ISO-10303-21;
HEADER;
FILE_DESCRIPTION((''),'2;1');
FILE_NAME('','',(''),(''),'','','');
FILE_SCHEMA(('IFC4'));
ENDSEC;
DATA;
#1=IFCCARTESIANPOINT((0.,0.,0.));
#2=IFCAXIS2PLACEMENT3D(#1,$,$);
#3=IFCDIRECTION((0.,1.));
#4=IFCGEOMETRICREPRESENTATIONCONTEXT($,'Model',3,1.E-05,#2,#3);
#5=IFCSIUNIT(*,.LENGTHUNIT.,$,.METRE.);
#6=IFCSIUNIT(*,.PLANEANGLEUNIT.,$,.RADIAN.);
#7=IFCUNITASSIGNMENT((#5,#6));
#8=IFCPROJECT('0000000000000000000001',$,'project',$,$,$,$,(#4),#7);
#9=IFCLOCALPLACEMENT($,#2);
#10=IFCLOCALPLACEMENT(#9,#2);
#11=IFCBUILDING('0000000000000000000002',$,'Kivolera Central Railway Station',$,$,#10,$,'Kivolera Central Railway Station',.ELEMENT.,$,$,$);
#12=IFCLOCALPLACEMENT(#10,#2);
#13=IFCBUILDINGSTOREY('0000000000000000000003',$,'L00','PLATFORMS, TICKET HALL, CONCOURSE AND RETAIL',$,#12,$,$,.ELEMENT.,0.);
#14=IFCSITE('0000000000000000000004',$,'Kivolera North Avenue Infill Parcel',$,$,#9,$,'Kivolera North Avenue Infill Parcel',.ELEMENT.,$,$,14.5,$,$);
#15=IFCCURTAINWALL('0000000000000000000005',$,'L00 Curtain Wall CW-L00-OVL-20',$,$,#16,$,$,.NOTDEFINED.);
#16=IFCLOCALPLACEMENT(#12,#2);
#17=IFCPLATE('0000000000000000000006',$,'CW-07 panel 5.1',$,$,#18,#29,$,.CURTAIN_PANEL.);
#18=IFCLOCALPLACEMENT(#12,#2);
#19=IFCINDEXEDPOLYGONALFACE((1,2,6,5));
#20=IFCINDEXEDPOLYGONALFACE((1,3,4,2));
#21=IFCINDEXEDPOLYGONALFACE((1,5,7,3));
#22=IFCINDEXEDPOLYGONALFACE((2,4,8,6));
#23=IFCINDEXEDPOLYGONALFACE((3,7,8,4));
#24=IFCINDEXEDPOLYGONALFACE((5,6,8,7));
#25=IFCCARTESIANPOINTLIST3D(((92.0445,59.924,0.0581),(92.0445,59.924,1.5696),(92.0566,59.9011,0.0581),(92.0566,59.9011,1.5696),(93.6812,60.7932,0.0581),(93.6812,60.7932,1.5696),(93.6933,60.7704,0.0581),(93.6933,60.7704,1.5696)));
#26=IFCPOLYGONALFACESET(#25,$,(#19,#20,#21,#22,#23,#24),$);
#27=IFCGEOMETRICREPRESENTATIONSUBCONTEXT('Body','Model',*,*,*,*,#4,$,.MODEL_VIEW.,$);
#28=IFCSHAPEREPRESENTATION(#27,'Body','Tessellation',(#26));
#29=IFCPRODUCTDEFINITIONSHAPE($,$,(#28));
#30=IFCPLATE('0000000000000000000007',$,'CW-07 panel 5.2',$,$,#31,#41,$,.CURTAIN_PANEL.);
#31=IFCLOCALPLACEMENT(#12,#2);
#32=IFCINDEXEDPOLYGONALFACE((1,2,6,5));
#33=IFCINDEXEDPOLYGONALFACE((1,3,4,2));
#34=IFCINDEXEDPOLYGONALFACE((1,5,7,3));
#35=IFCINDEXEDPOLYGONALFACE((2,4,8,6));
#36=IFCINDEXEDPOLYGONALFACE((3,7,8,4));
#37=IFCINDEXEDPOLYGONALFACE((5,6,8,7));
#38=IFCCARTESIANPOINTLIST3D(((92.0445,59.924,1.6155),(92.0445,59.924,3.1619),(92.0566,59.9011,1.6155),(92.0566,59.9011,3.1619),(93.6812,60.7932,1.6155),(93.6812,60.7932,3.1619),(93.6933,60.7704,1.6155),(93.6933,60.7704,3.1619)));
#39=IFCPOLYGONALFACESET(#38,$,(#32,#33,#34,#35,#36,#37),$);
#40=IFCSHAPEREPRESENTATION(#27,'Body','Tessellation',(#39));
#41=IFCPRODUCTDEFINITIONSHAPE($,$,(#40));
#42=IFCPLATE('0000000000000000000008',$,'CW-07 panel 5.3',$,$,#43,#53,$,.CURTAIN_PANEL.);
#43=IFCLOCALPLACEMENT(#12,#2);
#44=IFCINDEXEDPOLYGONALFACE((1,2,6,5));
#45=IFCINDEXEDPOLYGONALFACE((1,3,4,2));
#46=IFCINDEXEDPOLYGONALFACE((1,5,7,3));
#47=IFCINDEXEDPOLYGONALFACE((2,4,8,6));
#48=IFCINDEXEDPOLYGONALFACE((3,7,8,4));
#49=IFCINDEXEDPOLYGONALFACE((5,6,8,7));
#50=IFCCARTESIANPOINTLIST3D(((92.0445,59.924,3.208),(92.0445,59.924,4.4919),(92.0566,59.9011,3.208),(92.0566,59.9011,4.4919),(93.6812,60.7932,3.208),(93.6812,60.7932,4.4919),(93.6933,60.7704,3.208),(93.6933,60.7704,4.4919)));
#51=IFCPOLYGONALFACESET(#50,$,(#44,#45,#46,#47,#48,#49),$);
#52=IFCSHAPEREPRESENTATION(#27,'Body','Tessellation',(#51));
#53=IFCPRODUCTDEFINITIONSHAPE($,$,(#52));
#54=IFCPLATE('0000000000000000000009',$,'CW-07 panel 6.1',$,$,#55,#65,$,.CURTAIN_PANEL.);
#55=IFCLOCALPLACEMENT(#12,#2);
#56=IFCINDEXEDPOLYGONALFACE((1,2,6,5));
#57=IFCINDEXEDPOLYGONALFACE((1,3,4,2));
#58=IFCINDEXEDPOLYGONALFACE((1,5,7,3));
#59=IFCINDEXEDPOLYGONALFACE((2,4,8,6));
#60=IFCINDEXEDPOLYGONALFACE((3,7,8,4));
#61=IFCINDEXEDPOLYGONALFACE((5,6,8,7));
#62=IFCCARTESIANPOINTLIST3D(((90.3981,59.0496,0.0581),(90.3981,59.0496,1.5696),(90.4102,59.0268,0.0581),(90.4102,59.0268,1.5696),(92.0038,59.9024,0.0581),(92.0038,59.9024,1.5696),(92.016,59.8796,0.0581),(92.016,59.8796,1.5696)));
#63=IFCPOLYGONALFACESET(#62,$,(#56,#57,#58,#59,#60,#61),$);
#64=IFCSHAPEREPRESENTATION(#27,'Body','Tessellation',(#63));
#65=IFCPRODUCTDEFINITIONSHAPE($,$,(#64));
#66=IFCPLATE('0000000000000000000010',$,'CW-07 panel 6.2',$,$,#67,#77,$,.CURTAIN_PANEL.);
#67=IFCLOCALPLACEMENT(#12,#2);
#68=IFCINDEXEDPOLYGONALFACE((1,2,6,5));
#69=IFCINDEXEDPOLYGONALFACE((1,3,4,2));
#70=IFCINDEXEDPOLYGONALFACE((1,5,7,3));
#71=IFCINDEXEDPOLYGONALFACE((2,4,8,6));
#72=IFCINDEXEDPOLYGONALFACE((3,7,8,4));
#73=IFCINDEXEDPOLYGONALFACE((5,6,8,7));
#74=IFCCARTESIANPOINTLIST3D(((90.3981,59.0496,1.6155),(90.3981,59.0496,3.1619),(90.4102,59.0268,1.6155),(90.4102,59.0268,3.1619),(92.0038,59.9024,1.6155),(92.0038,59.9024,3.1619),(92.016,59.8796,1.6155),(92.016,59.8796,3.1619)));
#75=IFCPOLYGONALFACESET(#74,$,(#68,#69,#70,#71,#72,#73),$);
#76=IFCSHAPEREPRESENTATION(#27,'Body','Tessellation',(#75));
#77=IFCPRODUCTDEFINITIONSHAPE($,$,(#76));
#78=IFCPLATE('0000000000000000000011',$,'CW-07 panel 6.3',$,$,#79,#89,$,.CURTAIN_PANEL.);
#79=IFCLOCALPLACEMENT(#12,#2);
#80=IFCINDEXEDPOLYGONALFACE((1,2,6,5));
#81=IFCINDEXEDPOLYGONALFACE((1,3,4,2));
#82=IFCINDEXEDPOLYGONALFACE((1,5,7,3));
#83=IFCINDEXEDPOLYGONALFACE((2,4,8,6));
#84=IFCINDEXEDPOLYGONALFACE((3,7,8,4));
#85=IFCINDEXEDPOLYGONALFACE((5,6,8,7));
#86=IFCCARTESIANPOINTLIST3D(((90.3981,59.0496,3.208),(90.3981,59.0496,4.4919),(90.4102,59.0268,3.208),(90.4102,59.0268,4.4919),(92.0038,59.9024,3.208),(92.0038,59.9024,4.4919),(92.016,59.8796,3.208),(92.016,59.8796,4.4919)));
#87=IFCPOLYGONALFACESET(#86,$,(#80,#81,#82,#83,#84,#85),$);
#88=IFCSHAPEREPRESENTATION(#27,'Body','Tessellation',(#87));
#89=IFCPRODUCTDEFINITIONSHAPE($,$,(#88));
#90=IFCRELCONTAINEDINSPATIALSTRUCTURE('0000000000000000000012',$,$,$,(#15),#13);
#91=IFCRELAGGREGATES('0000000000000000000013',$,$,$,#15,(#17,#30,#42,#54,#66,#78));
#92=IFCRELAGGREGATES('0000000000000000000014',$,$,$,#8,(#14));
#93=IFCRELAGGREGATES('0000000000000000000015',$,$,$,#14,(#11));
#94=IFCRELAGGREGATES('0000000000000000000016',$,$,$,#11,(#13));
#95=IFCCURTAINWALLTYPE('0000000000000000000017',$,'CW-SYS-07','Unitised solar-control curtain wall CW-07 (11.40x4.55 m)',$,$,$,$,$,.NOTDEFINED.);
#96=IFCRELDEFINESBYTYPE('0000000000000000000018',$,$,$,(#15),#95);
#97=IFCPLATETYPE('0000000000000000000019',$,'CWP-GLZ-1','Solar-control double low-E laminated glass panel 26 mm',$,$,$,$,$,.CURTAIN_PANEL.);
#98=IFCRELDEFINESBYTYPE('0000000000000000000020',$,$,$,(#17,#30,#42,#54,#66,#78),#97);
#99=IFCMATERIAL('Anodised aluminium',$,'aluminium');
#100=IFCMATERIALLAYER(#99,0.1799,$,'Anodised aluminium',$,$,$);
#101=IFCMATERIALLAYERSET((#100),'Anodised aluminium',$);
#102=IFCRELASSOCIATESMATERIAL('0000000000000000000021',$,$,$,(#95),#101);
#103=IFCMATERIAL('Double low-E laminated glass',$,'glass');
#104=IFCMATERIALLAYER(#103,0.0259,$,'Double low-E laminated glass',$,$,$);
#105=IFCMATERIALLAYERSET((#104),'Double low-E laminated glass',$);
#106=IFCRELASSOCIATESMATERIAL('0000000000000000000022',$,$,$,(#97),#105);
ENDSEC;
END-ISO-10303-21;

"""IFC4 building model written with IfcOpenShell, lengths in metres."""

from ifc_helpers import new_model, si_unit, direction, frame, origin, origin_2d, place, context, subcontext, project, spatial, rectangle, extrude, material, layer, layer_set, type_object, element, aggregate, save


model = new_model("IFC4")

# Units and contexts
model_context = context("Model", 3, precision=1e-05, world=origin(), true_north=direction((0.0, 1.0)))
body_context = subcontext(model_context, "Body", "Model", "MODEL_VIEW")
ifc_project = project(units=[si_unit("LENGTHUNIT", "METRE"), si_unit("PLANEANGLEUNIT", "RADIAN")], contexts=[model_context])

# Site, building, storey
site_placement = place(None, origin())
site = spatial("IfcSite", under=ifc_project, at=site_placement, Name="Kivolera North Avenue Infill Parcel", LongName="Kivolera North Avenue Infill Parcel", CompositionType="ELEMENT", RefElevation=14.5)
building_placement = place(site_placement, origin())
building = spatial("IfcBuilding", under=site, at=building_placement, Name="Kivolera Central Railway Station", LongName="Kivolera Central Railway Station", CompositionType="ELEMENT")
storey_placement = place(building_placement, origin())
storey = spatial("IfcBuildingStorey", under=building, at=storey_placement, Name="L00", Description="PLATFORMS, TICKET HALL, CONCOURSE AND RETAIL", CompositionType="ELEMENT", Elevation=0.0)

# Curtain wall, plates
ifc_material_1 = material(Name="Anodised aluminium", Category="aluminium")
ifc_layer_1 = layer(ifc_material_1, 0.1799, Name="Anodised aluminium")
ifc_layer_set_1 = layer_set([ifc_layer_1], Name="Anodised aluminium")
curtain_wall_type = type_object("IfcCurtainWallType", Name="CW-SYS-07", Description="Unitised solar-control curtain wall CW-07 (11.40x4.55 m)", PredefinedType="NOTDEFINED", material=ifc_layer_set_1)
curtain_wall_placement = place(storey_placement, origin())
curtain_wall = element("IfcCurtainWall", 1, at=curtain_wall_placement, inside=storey, type_object=curtain_wall_type, Name="L00 Curtain Wall CW-L00-OVL-20", PredefinedType="NOTDEFINED")
ifc_material_2 = material(Name="Double low-E laminated glass", Category="glass")
ifc_layer_2 = layer(ifc_material_2, 0.0259, Name="Double low-E laminated glass")
ifc_layer_set_2 = layer_set([ifc_layer_2], Name="Double low-E laminated glass")
plate_type = type_object("IfcPlateType", Name="CWP-GLZ-1", Description="Solar-control double low-E laminated glass panel 26 mm", PredefinedType="CURTAIN_PANEL", material=ifc_layer_set_2)
plate_1_placement = place(storey_placement, frame((92.8689, 60.3472, 0.0581), z_axis=(0.0, 0.0, 1.0), x_axis=(-0.88317, -0.469053, 0.0)))
plate_1 = element("IfcPlate", 2, at=plate_1_placement, type_object=plate_type, Name="CW-07 panel 5.1", PredefinedType="CURTAIN_PANEL", context=body_context, shape_type="SweptSolid", body=[
    extrude(rectangle(XDim=1.8533, YDim=0.0259, at=origin_2d()), origin(), (0.0, 0.0, 1.0), 1.5115),
])
plate_2_placement = place(storey_placement, frame((92.8689, 60.3472, 1.6155), z_axis=(0.0, 0.0, 1.0), x_axis=(-0.88317, -0.469053, 0.0)))
plate_2 = element("IfcPlate", 3, at=plate_2_placement, type_object=plate_type, Name="CW-07 panel 5.2", PredefinedType="CURTAIN_PANEL", context=body_context, shape_type="SweptSolid", body=[
    extrude(rectangle(XDim=1.8533, YDim=0.0259, at=origin_2d()), origin(), (0.0, 0.0, 1.0), 1.5464),
])
plate_3_placement = place(storey_placement, frame((92.8689, 60.3472, 3.208), z_axis=(0.0, 0.0, 1.0), x_axis=(-0.88317, -0.469053, 0.0)))
plate_3 = element("IfcPlate", 4, at=plate_3_placement, type_object=plate_type, Name="CW-07 panel 5.3", PredefinedType="CURTAIN_PANEL", context=body_context, shape_type="SweptSolid", body=[
    extrude(rectangle(XDim=1.8533, YDim=0.0259, at=origin_2d()), origin(), (0.0, 0.0, 1.0), 1.2839),
])
plate_4_placement = place(storey_placement, frame((91.207, 59.4646, 0.0581), z_axis=(0.0, 0.0, 1.0), x_axis=(-0.88317, -0.469053, 0.0)))
plate_4 = element("IfcPlate", 5, at=plate_4_placement, type_object=plate_type, Name="CW-07 panel 6.1", PredefinedType="CURTAIN_PANEL", context=body_context, shape_type="SweptSolid", body=[
    extrude(rectangle(XDim=1.8181, YDim=0.0259, at=origin_2d()), origin(), (0.0, 0.0, 1.0), 1.5115),
])
plate_5_placement = place(storey_placement, frame((91.207, 59.4646, 1.6155), z_axis=(0.0, 0.0, 1.0), x_axis=(-0.88317, -0.469053, 0.0)))
plate_5 = element("IfcPlate", 6, at=plate_5_placement, type_object=plate_type, Name="CW-07 panel 6.2", PredefinedType="CURTAIN_PANEL", context=body_context, shape_type="SweptSolid", body=[
    extrude(rectangle(XDim=1.8181, YDim=0.0259, at=origin_2d()), origin(), (0.0, 0.0, 1.0), 1.5464),
])
plate_6_placement = place(storey_placement, frame((91.207, 59.4646, 3.208), z_axis=(0.0, 0.0, 1.0), x_axis=(-0.88317, -0.469053, 0.0)))
plate_6 = element("IfcPlate", 7, at=plate_6_placement, type_object=plate_type, Name="CW-07 panel 6.3", PredefinedType="CURTAIN_PANEL", context=body_context, shape_type="SweptSolid", body=[
    extrude(rectangle(XDim=1.8181, YDim=0.0259, at=origin_2d()), origin(), (0.0, 0.0, 1.0), 1.2839),
])
aggregate(curtain_wall, [plate_1, plate_2, plate_3, plate_4, plate_5, plate_6])

save(model, "model.ifc")
